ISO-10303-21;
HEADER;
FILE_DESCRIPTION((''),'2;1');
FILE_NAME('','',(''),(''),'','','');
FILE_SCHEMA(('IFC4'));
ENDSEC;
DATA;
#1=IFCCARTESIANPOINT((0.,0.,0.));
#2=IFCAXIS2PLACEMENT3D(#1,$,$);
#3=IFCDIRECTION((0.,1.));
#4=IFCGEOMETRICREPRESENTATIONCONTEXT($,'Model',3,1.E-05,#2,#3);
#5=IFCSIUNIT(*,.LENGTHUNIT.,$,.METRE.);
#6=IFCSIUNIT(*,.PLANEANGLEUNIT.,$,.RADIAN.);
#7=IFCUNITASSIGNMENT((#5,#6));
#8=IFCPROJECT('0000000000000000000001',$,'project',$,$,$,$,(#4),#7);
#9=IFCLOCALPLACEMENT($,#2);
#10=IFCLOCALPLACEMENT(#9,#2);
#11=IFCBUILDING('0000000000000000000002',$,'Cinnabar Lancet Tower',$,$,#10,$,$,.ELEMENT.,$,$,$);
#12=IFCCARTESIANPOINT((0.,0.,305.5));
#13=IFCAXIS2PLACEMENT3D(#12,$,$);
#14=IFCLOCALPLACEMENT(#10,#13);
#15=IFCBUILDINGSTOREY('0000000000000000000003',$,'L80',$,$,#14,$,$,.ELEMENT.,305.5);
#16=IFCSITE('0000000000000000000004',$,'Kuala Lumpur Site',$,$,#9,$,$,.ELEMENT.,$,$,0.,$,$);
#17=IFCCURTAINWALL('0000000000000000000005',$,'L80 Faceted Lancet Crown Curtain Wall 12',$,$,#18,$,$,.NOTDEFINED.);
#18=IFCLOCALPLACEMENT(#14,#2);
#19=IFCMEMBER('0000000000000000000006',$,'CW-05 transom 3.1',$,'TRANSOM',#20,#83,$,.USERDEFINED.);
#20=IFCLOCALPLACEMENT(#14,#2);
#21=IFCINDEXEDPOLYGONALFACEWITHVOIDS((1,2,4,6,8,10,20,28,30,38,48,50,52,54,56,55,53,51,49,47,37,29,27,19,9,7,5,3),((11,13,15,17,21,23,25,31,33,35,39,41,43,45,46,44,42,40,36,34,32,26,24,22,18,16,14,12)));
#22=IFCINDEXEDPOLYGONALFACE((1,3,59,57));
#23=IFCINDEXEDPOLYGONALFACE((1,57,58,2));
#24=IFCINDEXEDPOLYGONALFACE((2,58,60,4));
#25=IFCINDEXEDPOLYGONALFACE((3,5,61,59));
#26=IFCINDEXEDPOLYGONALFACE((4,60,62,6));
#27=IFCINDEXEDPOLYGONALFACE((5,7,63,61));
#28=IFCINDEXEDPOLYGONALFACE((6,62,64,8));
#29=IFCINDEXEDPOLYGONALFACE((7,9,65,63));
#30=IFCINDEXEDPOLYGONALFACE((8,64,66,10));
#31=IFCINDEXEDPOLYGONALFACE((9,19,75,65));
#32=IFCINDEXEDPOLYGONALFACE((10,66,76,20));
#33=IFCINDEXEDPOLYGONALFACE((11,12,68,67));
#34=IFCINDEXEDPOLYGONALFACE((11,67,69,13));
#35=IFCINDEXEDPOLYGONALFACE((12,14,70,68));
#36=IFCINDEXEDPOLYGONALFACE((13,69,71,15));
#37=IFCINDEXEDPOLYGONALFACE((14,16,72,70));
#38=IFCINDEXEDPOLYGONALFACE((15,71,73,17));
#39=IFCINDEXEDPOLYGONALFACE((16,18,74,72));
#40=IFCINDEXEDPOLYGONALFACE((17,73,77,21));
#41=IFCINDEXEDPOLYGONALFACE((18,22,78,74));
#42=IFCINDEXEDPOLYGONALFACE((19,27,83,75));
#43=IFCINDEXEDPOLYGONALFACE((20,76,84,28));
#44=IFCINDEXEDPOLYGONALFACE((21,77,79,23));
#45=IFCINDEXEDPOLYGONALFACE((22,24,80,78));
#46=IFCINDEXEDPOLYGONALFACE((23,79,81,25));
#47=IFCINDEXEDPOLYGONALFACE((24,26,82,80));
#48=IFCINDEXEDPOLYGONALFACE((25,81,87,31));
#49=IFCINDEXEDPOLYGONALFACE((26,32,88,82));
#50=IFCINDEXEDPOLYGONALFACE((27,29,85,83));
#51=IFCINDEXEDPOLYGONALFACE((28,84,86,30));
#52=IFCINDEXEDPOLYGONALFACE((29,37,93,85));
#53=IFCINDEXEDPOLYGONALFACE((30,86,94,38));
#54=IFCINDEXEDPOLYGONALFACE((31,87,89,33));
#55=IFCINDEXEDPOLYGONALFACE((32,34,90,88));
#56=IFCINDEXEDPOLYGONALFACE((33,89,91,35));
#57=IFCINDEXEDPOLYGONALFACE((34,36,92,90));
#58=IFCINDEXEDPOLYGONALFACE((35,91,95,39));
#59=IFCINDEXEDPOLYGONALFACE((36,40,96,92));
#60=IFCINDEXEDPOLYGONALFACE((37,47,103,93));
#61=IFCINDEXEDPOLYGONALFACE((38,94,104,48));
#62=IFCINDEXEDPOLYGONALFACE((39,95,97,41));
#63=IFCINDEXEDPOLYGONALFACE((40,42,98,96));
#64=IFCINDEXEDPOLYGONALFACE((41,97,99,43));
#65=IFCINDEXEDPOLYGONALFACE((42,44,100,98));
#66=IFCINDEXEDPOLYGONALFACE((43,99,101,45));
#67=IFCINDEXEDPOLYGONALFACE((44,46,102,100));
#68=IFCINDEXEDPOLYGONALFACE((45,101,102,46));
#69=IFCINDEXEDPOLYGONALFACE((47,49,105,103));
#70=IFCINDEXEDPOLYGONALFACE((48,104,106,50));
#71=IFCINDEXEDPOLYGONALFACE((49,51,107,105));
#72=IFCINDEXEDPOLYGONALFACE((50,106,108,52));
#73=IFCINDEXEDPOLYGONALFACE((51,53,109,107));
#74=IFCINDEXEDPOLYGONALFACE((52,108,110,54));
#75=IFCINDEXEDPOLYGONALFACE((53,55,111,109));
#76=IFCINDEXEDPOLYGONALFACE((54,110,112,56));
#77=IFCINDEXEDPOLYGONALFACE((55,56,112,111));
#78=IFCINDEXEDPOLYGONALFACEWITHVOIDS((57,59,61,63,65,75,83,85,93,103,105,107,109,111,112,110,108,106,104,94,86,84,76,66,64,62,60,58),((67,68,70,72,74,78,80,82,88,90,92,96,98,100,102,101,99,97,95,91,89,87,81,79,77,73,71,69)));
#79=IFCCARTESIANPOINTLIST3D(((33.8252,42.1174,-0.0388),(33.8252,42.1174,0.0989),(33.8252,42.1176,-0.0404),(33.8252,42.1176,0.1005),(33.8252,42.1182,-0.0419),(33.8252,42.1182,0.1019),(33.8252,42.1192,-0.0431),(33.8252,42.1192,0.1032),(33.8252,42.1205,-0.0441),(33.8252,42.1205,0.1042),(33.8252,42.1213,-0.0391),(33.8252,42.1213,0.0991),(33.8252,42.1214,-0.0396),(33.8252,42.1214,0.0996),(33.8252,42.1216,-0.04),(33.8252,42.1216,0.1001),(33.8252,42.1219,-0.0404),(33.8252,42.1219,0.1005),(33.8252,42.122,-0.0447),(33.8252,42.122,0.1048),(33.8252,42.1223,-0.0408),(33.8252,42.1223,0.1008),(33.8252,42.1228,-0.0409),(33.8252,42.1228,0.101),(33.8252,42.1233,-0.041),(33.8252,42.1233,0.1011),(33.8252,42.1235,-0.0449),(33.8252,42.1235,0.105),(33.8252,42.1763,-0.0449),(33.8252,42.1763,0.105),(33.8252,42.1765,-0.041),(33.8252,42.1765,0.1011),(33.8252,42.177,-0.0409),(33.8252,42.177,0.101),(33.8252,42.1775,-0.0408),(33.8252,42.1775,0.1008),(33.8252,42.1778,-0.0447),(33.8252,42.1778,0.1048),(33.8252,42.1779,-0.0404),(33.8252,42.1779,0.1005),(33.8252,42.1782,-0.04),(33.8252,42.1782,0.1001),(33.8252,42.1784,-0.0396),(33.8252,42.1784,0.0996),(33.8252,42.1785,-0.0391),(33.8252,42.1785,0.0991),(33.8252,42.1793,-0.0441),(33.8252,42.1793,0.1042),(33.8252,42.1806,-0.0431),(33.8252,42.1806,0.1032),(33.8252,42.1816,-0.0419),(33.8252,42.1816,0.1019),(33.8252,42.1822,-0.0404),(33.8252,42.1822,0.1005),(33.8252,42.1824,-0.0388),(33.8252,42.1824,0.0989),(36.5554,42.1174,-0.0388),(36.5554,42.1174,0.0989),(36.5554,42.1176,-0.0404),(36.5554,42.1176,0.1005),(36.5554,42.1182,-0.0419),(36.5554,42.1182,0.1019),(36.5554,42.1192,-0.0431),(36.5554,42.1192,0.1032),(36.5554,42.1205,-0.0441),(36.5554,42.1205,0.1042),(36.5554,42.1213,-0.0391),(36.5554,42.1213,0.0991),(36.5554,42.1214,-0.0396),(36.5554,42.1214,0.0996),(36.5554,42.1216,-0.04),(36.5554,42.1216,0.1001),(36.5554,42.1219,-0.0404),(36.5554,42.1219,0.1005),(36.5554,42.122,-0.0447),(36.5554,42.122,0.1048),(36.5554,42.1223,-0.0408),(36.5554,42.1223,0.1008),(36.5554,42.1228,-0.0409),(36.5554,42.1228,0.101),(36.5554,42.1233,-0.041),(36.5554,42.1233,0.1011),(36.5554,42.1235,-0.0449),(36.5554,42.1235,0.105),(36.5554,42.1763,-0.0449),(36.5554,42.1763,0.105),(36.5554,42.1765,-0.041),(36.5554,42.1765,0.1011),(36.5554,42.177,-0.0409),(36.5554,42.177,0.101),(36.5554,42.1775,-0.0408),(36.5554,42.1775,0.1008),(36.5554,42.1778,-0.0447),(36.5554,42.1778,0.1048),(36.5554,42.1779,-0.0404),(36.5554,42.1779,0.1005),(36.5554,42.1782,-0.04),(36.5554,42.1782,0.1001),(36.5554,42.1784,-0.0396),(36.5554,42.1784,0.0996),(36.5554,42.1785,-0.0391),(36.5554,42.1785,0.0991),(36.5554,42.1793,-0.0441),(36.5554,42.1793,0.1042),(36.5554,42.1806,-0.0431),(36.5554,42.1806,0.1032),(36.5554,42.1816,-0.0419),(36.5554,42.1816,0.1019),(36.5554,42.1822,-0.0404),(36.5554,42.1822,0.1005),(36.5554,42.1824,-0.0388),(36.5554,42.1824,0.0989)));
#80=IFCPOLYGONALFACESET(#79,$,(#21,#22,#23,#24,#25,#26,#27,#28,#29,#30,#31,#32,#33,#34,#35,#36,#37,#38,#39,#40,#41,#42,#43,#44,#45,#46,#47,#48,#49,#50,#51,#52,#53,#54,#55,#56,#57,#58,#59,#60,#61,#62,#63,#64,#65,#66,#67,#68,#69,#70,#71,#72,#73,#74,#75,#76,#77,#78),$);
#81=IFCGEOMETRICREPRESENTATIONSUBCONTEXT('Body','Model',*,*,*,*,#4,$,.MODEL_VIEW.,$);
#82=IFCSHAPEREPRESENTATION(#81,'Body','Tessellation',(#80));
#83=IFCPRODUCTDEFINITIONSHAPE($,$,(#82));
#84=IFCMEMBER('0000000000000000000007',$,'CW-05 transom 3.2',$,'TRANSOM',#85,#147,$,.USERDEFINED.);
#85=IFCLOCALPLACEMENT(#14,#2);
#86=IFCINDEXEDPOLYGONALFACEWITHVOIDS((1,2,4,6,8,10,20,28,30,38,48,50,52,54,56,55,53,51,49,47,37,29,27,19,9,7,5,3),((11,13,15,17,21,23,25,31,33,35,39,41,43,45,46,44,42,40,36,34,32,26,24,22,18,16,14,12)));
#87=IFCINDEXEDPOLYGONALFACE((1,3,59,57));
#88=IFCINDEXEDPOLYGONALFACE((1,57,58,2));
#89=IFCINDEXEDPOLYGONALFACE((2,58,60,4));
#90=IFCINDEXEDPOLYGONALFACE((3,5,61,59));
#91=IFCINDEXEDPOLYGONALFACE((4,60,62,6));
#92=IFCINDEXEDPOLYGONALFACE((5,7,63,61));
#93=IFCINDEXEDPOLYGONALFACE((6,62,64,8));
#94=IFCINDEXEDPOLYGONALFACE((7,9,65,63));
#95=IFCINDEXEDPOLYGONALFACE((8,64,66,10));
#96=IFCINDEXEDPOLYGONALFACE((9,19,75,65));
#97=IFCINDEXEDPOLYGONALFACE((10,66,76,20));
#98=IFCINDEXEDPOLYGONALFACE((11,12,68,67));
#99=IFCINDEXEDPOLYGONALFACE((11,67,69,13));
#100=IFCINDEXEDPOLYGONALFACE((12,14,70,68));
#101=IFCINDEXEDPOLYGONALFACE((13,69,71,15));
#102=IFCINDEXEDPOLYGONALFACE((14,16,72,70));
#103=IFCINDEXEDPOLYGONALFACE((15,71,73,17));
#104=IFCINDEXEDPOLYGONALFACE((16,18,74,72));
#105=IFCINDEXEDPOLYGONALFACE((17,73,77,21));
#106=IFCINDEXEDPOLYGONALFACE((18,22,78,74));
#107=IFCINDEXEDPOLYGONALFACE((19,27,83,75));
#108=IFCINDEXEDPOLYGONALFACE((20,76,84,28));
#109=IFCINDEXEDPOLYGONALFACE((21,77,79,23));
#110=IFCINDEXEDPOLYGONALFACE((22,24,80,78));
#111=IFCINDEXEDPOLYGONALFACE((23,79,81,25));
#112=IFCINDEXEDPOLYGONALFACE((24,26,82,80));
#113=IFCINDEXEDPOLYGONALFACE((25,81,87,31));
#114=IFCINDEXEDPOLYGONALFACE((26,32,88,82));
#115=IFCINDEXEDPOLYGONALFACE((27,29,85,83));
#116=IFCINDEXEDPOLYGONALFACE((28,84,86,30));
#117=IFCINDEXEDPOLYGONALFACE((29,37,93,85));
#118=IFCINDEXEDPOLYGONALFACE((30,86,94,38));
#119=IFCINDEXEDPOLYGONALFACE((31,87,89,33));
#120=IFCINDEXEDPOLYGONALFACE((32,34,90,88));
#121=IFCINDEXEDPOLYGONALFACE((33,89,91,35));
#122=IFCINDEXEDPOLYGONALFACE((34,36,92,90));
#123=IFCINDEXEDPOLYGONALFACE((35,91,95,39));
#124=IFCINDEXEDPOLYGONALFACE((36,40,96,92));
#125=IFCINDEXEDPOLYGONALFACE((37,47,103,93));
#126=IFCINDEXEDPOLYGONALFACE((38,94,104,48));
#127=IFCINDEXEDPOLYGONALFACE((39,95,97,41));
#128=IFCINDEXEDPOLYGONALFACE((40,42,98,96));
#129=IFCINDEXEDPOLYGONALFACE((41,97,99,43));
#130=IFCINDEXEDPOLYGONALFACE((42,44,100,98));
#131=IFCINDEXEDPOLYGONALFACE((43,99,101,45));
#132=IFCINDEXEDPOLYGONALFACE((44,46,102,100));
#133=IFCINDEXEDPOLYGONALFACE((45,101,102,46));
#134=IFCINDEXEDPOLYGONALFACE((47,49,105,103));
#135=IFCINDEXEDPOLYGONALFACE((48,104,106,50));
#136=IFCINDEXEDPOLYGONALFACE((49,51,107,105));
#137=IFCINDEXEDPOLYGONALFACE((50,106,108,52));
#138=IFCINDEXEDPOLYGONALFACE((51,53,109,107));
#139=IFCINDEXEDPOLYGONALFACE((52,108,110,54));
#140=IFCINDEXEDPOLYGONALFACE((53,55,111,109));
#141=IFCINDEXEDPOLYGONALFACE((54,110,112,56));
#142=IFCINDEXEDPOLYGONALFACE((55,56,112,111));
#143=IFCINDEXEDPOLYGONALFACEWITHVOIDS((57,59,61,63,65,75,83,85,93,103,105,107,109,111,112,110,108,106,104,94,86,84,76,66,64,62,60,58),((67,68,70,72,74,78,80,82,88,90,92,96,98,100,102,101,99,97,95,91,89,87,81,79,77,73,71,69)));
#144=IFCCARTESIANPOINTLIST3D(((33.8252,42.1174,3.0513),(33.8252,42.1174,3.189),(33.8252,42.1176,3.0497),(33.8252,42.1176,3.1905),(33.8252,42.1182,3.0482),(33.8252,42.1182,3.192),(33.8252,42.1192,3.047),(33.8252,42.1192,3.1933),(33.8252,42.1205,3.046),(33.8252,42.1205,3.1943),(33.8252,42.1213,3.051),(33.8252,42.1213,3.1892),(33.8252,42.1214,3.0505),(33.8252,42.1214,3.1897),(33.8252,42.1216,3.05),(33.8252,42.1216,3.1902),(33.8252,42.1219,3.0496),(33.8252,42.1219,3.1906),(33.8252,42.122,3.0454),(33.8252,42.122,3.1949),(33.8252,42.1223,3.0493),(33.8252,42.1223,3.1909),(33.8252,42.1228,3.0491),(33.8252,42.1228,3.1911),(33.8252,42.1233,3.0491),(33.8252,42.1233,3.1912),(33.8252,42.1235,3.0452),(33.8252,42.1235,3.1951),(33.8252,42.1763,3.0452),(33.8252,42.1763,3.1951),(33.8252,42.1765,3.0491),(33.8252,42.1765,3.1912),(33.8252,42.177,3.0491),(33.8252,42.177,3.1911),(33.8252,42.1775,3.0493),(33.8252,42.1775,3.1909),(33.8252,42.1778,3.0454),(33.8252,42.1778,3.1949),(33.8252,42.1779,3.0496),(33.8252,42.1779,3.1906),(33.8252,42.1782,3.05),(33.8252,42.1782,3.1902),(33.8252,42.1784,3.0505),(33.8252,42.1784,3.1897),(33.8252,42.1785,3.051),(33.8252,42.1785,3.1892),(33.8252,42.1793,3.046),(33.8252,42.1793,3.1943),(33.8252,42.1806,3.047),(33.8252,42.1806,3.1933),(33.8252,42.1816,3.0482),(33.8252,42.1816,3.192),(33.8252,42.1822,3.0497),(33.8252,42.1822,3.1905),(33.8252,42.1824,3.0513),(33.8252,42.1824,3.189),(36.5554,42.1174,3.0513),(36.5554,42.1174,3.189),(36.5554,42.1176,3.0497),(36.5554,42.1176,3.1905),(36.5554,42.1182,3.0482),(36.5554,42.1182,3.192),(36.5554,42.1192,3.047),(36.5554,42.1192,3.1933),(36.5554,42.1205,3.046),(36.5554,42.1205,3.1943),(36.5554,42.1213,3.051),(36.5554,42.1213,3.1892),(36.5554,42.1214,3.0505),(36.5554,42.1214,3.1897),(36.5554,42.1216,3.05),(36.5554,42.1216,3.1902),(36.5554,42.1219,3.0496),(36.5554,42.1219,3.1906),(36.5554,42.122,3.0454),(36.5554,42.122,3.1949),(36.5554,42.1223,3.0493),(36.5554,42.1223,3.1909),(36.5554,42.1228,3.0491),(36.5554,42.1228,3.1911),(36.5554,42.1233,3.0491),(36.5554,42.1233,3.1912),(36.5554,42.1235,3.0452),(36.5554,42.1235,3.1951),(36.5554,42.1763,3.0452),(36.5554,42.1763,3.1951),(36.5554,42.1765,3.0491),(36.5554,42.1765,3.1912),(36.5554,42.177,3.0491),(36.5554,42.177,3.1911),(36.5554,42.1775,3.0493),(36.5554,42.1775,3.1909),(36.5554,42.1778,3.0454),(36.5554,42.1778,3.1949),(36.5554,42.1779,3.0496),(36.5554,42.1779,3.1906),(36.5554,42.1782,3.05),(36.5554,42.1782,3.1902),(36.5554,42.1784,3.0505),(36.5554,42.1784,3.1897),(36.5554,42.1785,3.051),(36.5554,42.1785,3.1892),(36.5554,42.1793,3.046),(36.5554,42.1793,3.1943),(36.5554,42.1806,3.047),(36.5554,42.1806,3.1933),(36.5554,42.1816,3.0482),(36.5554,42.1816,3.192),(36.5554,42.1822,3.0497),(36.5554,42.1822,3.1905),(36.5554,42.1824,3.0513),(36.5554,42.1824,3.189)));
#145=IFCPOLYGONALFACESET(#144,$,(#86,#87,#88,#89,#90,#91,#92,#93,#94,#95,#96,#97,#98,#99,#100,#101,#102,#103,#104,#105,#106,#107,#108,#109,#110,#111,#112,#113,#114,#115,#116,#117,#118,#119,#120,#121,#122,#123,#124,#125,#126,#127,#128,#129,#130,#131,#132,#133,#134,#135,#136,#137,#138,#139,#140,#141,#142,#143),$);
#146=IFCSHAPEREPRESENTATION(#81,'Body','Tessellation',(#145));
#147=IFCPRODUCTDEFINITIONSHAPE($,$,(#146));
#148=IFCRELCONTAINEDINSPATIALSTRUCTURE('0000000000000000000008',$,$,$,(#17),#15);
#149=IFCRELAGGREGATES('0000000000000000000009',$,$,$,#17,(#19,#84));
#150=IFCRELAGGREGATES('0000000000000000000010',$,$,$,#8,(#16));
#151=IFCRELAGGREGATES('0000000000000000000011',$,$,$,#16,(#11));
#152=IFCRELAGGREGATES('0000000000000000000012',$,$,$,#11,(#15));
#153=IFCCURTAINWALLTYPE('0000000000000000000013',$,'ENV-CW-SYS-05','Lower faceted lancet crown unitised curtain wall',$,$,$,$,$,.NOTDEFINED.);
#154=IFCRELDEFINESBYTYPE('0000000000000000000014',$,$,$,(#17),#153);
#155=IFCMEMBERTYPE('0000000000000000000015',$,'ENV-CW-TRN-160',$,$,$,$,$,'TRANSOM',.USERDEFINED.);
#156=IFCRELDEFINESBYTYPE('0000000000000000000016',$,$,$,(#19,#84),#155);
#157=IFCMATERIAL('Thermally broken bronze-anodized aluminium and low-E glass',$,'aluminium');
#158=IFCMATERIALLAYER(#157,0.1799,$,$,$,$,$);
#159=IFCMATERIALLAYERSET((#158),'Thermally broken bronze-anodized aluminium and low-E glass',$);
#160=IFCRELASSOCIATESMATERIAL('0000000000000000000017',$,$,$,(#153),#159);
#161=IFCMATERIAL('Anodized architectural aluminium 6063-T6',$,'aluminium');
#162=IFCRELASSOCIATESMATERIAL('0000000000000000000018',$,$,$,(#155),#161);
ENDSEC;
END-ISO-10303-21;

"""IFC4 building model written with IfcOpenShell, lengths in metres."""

from ifc_helpers import new_model, si_unit, direction, frame, origin, origin_2d, place, context, subcontext, project, spatial, hollow_rectangle, extrude, material, layer, layer_set, material_profile, profile_set, type_object, element, aggregate, save


model = new_model("IFC4")

# Units and contexts
model_context = context("Model", 3, precision=1e-05, world=origin(), true_north=direction((0.0, 1.0)))
body_context = subcontext(model_context, "Body", "Model", "MODEL_VIEW")
ifc_project = project(units=[si_unit("LENGTHUNIT", "METRE"), si_unit("PLANEANGLEUNIT", "RADIAN")], contexts=[model_context])

# Site, building, storey
site_placement = place(None, origin())
site = spatial("IfcSite", under=ifc_project, at=site_placement, Name="Kuala Lumpur Site", CompositionType="ELEMENT", RefElevation=0.0)
building_placement = place(site_placement, origin())
building = spatial("IfcBuilding", under=site, at=building_placement, Name="Cinnabar Lancet Tower", CompositionType="ELEMENT")
storey_placement = place(building_placement, frame((0.0, 0.0, 305.5)))
storey = spatial("IfcBuildingStorey", under=building, at=storey_placement, Name="L80", CompositionType="ELEMENT", Elevation=305.5)

# Curtain wall, members
ifc_material_1 = material(Name="Thermally broken bronze-anodized aluminium and low-E glass", Category="aluminium")
ifc_layer_1 = layer(ifc_material_1, 0.1799)
ifc_layer_set_1 = layer_set([ifc_layer_1], Name="Thermally broken bronze-anodized aluminium and low-E glass")
curtain_wall_type = type_object("IfcCurtainWallType", Name="ENV-CW-SYS-05", Description="Lower faceted lancet crown unitised curtain wall", PredefinedType="NOTDEFINED", material=ifc_layer_set_1)
curtain_wall_placement = place(storey_placement, origin())
curtain_wall = element("IfcCurtainWall", 1, at=curtain_wall_placement, inside=storey, type_object=curtain_wall_type, Name="L80 Faceted Lancet Crown Curtain Wall 12", PredefinedType="NOTDEFINED")
ifc_material_2 = material(Name="Anodized architectural aluminium 6063-T6", Category="aluminium")
ifc_material_profile_1 = material_profile(ifc_material_2, hollow_rectangle(XDim=0.0649, YDim=0.1499, WallThickness=0.0039, InnerFilletRadius=0.002, OuterFilletRadius=0.0061, at=origin_2d()), Name="CW-TRN 150x65x4")
ifc_profile_set_1 = profile_set([ifc_material_profile_1], Name="Anodized architectural aluminium 6063-T6")
member_type_1 = type_object("IfcMemberType", Name="ENV-CW-TRN-160", ElementType="TRANSOM", PredefinedType="USERDEFINED", material=ifc_profile_set_1)
member_1_placement = place(storey_placement, frame((36.5554, 42.1499, 0.03), z_axis=(-1.0, 0.0, 0.0), x_axis=(0.0, -1.0, 0.0)))
member_1 = element("IfcMember", 2, at=member_1_placement, type_object=member_type_1, Name="CW-05 transom 3.1", ObjectType="TRANSOM", PredefinedType="USERDEFINED", context=body_context, shape_type="SweptSolid", body=[
    extrude(hollow_rectangle(XDim=0.0649, YDim=0.1499, WallThickness=0.0039, InnerFilletRadius=0.002, OuterFilletRadius=0.0061, at=origin_2d()), origin(), (0.0, 0.0, 1.0), 2.7302),
])
member_2_placement = place(storey_placement, frame((36.5554, 42.1499, 3.1201), z_axis=(-1.0, 0.0, 0.0), x_axis=(0.0, -1.0, 0.0)))
member_2 = element("IfcMember", 3, at=member_2_placement, type_object=member_type_1, Name="CW-05 transom 3.2", ObjectType="TRANSOM", PredefinedType="USERDEFINED", context=body_context, shape_type="SweptSolid", body=[
    extrude(hollow_rectangle(XDim=0.0649, YDim=0.1499, WallThickness=0.0039, InnerFilletRadius=0.002, OuterFilletRadius=0.0061, at=origin_2d()), origin(), (0.0, 0.0, 1.0), 2.7302),
])
aggregate(curtain_wall, [member_1, member_2])

save(model, "model.ifc")
